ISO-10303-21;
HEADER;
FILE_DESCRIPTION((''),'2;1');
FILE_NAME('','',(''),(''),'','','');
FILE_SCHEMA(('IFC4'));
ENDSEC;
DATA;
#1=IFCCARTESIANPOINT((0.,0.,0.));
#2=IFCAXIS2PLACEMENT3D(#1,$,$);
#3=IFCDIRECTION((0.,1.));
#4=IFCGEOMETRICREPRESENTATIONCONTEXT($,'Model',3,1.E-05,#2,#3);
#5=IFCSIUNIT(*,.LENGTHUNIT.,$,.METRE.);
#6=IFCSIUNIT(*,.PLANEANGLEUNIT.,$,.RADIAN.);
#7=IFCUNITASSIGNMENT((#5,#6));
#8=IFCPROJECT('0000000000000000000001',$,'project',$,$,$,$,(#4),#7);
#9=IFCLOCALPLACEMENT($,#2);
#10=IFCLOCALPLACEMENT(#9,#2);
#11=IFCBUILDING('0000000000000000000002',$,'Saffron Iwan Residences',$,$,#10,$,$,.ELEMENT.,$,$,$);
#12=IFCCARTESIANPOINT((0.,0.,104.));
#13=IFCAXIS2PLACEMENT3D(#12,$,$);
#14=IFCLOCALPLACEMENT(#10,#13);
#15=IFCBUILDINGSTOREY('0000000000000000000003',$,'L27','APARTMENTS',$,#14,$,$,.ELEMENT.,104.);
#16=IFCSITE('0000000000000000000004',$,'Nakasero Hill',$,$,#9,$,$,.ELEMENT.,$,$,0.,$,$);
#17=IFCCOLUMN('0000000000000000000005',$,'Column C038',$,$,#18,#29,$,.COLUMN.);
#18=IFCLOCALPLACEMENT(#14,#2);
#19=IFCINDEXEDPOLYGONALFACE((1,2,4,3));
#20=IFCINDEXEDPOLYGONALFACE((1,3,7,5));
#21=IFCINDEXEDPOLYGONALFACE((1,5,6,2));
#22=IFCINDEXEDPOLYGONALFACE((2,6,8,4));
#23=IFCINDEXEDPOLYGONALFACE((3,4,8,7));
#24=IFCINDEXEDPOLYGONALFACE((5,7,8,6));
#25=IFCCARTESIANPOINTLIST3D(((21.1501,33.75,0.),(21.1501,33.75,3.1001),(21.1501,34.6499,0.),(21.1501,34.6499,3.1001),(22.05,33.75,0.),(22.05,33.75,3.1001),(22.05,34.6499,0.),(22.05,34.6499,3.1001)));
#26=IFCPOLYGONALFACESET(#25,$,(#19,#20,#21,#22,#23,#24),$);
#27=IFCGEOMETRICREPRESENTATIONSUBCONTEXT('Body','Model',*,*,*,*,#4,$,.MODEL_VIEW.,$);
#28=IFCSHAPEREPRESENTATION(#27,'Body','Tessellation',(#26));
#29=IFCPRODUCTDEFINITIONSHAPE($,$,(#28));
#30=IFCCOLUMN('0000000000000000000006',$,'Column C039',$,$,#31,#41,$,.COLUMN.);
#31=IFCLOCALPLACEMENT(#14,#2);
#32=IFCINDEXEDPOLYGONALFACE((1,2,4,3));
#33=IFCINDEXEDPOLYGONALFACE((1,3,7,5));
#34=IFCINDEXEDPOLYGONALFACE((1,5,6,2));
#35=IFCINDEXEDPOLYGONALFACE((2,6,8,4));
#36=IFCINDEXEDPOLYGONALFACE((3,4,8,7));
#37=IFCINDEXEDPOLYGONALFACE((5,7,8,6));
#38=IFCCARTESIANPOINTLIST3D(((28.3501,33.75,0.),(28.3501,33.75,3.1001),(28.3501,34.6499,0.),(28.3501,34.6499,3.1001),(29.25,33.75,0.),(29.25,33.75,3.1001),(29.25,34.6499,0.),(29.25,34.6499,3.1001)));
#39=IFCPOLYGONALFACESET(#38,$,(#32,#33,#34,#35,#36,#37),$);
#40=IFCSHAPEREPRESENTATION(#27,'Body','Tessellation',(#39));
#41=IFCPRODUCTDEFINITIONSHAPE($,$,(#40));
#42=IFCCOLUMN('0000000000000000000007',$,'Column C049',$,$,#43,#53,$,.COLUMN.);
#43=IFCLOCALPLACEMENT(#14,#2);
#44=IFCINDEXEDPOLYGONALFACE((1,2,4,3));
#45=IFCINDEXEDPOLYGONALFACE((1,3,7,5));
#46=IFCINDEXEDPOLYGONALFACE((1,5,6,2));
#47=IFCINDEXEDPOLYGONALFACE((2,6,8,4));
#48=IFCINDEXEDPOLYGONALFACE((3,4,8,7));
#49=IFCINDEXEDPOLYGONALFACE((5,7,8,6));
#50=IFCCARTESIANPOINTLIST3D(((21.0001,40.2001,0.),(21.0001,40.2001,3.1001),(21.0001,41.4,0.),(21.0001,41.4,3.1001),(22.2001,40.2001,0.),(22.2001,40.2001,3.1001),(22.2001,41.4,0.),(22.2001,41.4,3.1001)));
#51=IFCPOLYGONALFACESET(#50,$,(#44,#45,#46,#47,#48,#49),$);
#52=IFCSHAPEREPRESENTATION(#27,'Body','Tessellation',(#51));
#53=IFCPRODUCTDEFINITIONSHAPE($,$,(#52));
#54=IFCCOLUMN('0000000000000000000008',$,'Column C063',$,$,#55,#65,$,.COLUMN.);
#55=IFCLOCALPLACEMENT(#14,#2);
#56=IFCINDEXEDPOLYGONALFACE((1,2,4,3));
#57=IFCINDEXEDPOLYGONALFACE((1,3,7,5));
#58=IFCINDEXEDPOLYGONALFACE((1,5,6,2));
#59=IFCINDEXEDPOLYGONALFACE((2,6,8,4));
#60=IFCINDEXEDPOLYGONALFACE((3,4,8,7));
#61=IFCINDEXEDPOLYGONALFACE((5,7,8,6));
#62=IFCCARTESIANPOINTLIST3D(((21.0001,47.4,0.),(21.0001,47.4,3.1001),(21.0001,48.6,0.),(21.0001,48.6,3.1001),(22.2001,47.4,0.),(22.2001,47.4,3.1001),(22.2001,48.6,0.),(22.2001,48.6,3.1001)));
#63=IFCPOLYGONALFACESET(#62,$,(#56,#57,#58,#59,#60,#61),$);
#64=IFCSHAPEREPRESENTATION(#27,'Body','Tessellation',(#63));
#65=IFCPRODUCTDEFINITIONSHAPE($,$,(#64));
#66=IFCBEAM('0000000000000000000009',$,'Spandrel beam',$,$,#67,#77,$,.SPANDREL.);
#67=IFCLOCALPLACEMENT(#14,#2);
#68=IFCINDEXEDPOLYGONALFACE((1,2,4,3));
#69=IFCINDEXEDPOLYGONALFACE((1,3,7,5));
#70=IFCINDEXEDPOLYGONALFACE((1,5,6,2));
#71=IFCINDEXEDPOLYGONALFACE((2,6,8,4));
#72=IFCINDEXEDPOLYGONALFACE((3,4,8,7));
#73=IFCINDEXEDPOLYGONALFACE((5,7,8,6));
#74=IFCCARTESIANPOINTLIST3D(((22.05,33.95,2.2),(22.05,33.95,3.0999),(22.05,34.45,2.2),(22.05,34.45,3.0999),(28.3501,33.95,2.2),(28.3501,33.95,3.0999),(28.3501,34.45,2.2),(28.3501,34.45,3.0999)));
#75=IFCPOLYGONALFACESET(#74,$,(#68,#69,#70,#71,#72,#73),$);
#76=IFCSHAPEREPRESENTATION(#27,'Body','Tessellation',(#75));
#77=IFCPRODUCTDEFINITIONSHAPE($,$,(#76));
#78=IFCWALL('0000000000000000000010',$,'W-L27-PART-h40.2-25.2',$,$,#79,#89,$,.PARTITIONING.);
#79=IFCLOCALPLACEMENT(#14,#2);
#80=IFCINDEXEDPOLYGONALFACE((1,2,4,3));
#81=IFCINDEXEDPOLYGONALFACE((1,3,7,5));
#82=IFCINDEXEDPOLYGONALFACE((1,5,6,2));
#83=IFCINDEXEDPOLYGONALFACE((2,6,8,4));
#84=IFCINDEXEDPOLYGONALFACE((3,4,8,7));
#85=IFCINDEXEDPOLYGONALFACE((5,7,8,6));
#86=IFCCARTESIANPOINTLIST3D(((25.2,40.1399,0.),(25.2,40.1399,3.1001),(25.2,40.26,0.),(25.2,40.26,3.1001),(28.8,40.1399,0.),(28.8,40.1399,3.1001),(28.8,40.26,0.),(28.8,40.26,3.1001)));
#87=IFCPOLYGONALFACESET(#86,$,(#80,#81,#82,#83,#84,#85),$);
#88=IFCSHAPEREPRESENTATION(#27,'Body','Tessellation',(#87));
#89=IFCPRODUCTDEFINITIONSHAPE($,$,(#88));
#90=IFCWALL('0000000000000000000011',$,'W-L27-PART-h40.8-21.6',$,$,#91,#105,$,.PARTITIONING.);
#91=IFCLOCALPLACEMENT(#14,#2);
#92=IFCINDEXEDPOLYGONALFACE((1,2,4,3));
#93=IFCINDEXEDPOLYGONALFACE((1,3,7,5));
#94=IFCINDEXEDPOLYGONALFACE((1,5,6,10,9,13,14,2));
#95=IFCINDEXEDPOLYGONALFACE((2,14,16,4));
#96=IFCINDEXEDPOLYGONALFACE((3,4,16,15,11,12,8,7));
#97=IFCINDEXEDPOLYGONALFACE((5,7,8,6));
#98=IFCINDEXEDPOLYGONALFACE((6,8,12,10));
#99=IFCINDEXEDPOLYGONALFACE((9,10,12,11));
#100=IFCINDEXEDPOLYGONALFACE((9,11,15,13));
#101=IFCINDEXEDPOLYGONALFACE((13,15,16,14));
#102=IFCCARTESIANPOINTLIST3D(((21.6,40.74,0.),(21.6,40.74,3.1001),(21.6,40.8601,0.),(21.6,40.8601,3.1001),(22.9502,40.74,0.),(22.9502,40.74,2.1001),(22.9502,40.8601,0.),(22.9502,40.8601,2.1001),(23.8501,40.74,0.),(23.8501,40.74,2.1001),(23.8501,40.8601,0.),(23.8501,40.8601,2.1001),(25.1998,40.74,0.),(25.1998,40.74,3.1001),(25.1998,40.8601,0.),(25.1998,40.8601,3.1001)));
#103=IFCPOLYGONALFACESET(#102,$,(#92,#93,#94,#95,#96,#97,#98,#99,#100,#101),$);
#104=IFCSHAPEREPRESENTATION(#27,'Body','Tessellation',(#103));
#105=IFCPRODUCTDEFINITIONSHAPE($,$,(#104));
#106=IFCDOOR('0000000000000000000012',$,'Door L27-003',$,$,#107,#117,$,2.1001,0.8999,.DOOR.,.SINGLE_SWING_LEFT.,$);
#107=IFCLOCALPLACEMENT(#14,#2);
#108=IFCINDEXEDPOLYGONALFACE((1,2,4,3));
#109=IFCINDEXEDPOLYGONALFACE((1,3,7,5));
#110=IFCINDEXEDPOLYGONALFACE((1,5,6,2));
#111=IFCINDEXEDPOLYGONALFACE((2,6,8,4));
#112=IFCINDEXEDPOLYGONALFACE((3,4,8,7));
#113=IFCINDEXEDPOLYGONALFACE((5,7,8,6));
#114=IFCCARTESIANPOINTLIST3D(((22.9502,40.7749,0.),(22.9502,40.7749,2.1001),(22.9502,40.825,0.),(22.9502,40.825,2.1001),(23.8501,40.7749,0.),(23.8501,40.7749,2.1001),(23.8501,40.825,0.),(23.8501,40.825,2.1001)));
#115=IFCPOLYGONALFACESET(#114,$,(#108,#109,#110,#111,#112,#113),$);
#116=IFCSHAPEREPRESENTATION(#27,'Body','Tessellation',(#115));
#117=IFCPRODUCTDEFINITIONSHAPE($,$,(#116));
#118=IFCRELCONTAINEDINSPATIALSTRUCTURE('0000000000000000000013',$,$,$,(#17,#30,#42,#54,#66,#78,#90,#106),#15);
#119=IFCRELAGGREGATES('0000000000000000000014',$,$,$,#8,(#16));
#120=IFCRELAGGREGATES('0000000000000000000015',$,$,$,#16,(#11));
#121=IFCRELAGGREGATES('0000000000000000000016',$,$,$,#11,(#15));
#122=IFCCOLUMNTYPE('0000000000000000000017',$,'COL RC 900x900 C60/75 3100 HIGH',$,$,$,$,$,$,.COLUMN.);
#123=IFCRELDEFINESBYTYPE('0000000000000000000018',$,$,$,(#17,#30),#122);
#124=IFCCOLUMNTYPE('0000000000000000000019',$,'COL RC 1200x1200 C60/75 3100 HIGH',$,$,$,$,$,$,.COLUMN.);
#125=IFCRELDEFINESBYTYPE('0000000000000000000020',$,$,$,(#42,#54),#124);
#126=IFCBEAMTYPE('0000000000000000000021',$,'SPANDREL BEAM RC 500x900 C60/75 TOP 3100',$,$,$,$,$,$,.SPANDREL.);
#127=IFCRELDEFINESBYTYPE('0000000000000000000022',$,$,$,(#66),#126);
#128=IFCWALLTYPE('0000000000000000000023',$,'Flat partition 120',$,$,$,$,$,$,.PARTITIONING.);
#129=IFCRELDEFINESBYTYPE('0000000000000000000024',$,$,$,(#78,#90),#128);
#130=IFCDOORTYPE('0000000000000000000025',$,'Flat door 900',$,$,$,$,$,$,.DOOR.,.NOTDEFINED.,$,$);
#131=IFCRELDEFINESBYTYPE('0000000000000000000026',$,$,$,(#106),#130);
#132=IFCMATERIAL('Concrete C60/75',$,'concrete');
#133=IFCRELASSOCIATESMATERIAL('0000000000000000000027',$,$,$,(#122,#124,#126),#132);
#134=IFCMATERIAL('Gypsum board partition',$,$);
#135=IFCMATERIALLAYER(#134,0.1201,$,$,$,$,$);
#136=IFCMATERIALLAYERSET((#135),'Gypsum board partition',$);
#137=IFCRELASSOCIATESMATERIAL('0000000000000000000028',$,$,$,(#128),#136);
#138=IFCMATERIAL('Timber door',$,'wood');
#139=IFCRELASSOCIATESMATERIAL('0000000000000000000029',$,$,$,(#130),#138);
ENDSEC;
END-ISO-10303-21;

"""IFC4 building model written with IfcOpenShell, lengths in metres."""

from ifc_helpers import new_model, si_unit, direction, frame, frame_2d, origin, origin_2d, place, context, subcontext, project, spatial, rectangle, extrude, source, transform, mapped, material, layer, layer_set, material_profile, profile_set, type_object, element, fill, save


model = new_model("IFC4")

# Units and contexts
model_context = context("Model", 3, precision=1e-05, world=origin(), true_north=direction((0.0, 1.0)))
body_context = subcontext(model_context, "Body", "Model", "MODEL_VIEW")
ifc_project = project(units=[si_unit("LENGTHUNIT", "METRE"), si_unit("PLANEANGLEUNIT", "RADIAN")], contexts=[model_context])

# Site, building, storey
site_placement = place(None, origin())
site = spatial("IfcSite", under=ifc_project, at=site_placement, Name="Nakasero Hill", CompositionType="ELEMENT", RefElevation=0.0)
building_placement = place(site_placement, origin())
building = spatial("IfcBuilding", under=site, at=building_placement, Name="Saffron Iwan Residences", CompositionType="ELEMENT")
storey_placement = place(building_placement, frame((0.0, 0.0, 104.0)))
storey = spatial("IfcBuildingStorey", under=building, at=storey_placement, Name="L27", Description="APARTMENTS", CompositionType="ELEMENT", Elevation=104.0)

# Columns
ifc_material_1 = material(Name="Concrete C60/75", Category="concrete")
ifc_material_profile_1 = material_profile(ifc_material_1, rectangle(XDim=0.8999, YDim=0.8999, at=origin_2d()), Name="RC 900x900")
ifc_profile_set_1 = profile_set([ifc_material_profile_1], Name="Concrete C60/75")
column_type_1 = type_object("IfcColumnType", Name="COL RC 900x900 C60/75 3100 HIGH", PredefinedType="COLUMN", material=ifc_profile_set_1)
shared_shape_1 = source(origin(), body_context, "Body", "SweptSolid", [
    extrude(rectangle(XDim=0.8999, YDim=0.8999, at=origin_2d()), origin(), (0.0, 0.0, 1.0), 3.1001),
])
for number, where, z_axis, x_axis, name in (
    (1, (21.6001, 34.2, 0.0), (0.0, 0.0, 1.0), (1.0, 0.0, 0.0), "Column C038"),
    (2, (28.8, 34.2, 0.0), (0.0, 0.0, 1.0), (1.0, 0.0, 0.0), "Column C039"),
):
    element("IfcColumn", number, at=place(storey_placement, frame(where, z_axis=z_axis, x_axis=x_axis)), inside=storey, type_object=column_type_1, Name=name, PredefinedType="COLUMN", context=body_context, shape_type="MappedRepresentation", body=[
        mapped(shared_shape_1, transform((0.0, 0.0, 0.0))),
    ])
ifc_material_profile_2 = material_profile(ifc_material_1, rectangle(XDim=1.2, YDim=1.2, at=origin_2d()), Name="RC 1200x1200")
ifc_profile_set_2 = profile_set([ifc_material_profile_2], Name="Concrete C60/75")
column_type_2 = type_object("IfcColumnType", Name="COL RC 1200x1200 C60/75 3100 HIGH", PredefinedType="COLUMN", material=ifc_profile_set_2)
shared_shape_2 = source(origin(), body_context, "Body", "SweptSolid", [
    extrude(rectangle(XDim=1.2, YDim=1.2, at=origin_2d()), origin(), (0.0, 0.0, 1.0), 3.1001),
])
for number, where, z_axis, x_axis, name in (
    (3, (21.6001, 40.8, 0.0), (0.0, 0.0, 1.0), (1.0, 0.0, 0.0), "Column C049"),
    (4, (21.6001, 48.0, 0.0), (0.0, 0.0, 1.0), (1.0, 0.0, 0.0), "Column C063"),
):
    element("IfcColumn", number, at=place(storey_placement, frame(where, z_axis=z_axis, x_axis=x_axis)), inside=storey, type_object=column_type_2, Name=name, PredefinedType="COLUMN", context=body_context, shape_type="MappedRepresentation", body=[
        mapped(shared_shape_2, transform((0.0, 0.0, 0.0))),
    ])

# Beam
ifc_material_profile_3 = material_profile(ifc_material_1, rectangle(XDim=0.5, YDim=0.8999, at=origin_2d()), Name="RC 500x900")
ifc_profile_set_3 = profile_set([ifc_material_profile_3], Name="Concrete C60/75")
beam_type = type_object("IfcBeamType", Name="SPANDREL BEAM RC 500x900 C60/75 TOP 3100", PredefinedType="SPANDREL", material=ifc_profile_set_3)
shared_shape_3 = source(origin(), body_context, "Body", "SweptSolid", [
    extrude(rectangle(XDim=0.5, YDim=0.8999, at=origin_2d()), origin(), (0.0, 0.0, 1.0), 6.3),
])
beam_placement = place(storey_placement, frame((28.3501, 34.2, 2.6499), z_axis=(-1.0, 0.0, 0.0), x_axis=(0.0, -1.0, 0.0)))
element("IfcBeam", 5, at=beam_placement, inside=storey, type_object=beam_type, Name="Spandrel beam", PredefinedType="SPANDREL", context=body_context, shape_type="MappedRepresentation", body=[
    mapped(shared_shape_3, transform((0.0, 0.0, 0.0))),
])

# Wall
ifc_material_2 = material(Name="Gypsum board partition")
ifc_layer = layer(ifc_material_2, 0.1201)
ifc_layer_set = layer_set([ifc_layer], Name="Gypsum board partition")
wall_type = type_object("IfcWallType", Name="Flat partition 120", PredefinedType="PARTITIONING", material=ifc_layer_set)
wall_1_placement = place(storey_placement, frame((25.2, 40.2, 0.0), z_axis=(0.0, 0.0, 1.0), x_axis=(1.0, 0.0, 0.0)))
element("IfcWall", 6, at=wall_1_placement, inside=storey, type_object=wall_type, Name="W-L27-PART-h40.2-25.2", PredefinedType="PARTITIONING", context=body_context, shape_type="SweptSolid", body=[
    extrude(rectangle(XDim=3.6001, YDim=0.1201, at=frame_2d((1.8, 0.0))), origin(), (0.0, 0.0, 1.0), 3.1001),
])

# Wall, opening, door
wall_2_placement = place(storey_placement, frame((21.6001, 40.8, 0.0), z_axis=(0.0, 0.0, 1.0), x_axis=(1.0, 0.0, 0.0)))
wall_2 = element("IfcWall", 7, at=wall_2_placement, inside=storey, type_object=wall_type, Name="W-L27-PART-h40.8-21.6", PredefinedType="PARTITIONING", context=body_context, shape_type="SweptSolid", body=[
    extrude(rectangle(XDim=3.5999, YDim=0.1201, at=frame_2d((1.7998, 0.0))), origin(), (0.0, 0.0, 1.0), 3.1001),
])
opening_1_placement = place(wall_2_placement, frame((1.3501, 0.0, 0.0)))
opening_1 = element("IfcOpeningElement", 8, at=opening_1_placement, cuts=wall_2, PredefinedType="OPENING", context=body_context, shape_type="SweptSolid", body=[
    extrude(rectangle(XDim=0.8999, YDim=2.1001, at=frame_2d((0.45, 1.05))), frame((0.0, 0.0701, 0.0), z_axis=(0.0, -1.0, 0.0), x_axis=(1.0, 0.0, 0.0)), (0.0, 0.0, 1.0), 0.1401),
])
ifc_material_3 = material(Name="Timber door", Category="wood")
door_type_1 = type_object("IfcDoorType", Name="Flat door 900", OperationType="NOTDEFINED", PredefinedType="DOOR", material=ifc_material_3)
door_1_placement = place(opening_1_placement, origin())
door_1 = element("IfcDoor", 9, at=door_1_placement, inside=storey, type_object=door_type_1, Name="Door L27-003", OperationType="SINGLE_SWING_LEFT", OverallHeight=2.1001, OverallWidth=0.8999, PredefinedType="DOOR", context=body_context, shape_type="SweptSolid", body=[
    extrude(rectangle(XDim=0.8999, YDim=2.1001, at=frame_2d((0.45, 1.05))), frame((0.0, 0.0249, 0.0), z_axis=(0.0, -1.0, 0.0), x_axis=(1.0, 0.0, 0.0)), (0.0, 0.0, 1.0), 0.05),
])
fill(opening_1, door_1)

save(model, "model.ifc")
